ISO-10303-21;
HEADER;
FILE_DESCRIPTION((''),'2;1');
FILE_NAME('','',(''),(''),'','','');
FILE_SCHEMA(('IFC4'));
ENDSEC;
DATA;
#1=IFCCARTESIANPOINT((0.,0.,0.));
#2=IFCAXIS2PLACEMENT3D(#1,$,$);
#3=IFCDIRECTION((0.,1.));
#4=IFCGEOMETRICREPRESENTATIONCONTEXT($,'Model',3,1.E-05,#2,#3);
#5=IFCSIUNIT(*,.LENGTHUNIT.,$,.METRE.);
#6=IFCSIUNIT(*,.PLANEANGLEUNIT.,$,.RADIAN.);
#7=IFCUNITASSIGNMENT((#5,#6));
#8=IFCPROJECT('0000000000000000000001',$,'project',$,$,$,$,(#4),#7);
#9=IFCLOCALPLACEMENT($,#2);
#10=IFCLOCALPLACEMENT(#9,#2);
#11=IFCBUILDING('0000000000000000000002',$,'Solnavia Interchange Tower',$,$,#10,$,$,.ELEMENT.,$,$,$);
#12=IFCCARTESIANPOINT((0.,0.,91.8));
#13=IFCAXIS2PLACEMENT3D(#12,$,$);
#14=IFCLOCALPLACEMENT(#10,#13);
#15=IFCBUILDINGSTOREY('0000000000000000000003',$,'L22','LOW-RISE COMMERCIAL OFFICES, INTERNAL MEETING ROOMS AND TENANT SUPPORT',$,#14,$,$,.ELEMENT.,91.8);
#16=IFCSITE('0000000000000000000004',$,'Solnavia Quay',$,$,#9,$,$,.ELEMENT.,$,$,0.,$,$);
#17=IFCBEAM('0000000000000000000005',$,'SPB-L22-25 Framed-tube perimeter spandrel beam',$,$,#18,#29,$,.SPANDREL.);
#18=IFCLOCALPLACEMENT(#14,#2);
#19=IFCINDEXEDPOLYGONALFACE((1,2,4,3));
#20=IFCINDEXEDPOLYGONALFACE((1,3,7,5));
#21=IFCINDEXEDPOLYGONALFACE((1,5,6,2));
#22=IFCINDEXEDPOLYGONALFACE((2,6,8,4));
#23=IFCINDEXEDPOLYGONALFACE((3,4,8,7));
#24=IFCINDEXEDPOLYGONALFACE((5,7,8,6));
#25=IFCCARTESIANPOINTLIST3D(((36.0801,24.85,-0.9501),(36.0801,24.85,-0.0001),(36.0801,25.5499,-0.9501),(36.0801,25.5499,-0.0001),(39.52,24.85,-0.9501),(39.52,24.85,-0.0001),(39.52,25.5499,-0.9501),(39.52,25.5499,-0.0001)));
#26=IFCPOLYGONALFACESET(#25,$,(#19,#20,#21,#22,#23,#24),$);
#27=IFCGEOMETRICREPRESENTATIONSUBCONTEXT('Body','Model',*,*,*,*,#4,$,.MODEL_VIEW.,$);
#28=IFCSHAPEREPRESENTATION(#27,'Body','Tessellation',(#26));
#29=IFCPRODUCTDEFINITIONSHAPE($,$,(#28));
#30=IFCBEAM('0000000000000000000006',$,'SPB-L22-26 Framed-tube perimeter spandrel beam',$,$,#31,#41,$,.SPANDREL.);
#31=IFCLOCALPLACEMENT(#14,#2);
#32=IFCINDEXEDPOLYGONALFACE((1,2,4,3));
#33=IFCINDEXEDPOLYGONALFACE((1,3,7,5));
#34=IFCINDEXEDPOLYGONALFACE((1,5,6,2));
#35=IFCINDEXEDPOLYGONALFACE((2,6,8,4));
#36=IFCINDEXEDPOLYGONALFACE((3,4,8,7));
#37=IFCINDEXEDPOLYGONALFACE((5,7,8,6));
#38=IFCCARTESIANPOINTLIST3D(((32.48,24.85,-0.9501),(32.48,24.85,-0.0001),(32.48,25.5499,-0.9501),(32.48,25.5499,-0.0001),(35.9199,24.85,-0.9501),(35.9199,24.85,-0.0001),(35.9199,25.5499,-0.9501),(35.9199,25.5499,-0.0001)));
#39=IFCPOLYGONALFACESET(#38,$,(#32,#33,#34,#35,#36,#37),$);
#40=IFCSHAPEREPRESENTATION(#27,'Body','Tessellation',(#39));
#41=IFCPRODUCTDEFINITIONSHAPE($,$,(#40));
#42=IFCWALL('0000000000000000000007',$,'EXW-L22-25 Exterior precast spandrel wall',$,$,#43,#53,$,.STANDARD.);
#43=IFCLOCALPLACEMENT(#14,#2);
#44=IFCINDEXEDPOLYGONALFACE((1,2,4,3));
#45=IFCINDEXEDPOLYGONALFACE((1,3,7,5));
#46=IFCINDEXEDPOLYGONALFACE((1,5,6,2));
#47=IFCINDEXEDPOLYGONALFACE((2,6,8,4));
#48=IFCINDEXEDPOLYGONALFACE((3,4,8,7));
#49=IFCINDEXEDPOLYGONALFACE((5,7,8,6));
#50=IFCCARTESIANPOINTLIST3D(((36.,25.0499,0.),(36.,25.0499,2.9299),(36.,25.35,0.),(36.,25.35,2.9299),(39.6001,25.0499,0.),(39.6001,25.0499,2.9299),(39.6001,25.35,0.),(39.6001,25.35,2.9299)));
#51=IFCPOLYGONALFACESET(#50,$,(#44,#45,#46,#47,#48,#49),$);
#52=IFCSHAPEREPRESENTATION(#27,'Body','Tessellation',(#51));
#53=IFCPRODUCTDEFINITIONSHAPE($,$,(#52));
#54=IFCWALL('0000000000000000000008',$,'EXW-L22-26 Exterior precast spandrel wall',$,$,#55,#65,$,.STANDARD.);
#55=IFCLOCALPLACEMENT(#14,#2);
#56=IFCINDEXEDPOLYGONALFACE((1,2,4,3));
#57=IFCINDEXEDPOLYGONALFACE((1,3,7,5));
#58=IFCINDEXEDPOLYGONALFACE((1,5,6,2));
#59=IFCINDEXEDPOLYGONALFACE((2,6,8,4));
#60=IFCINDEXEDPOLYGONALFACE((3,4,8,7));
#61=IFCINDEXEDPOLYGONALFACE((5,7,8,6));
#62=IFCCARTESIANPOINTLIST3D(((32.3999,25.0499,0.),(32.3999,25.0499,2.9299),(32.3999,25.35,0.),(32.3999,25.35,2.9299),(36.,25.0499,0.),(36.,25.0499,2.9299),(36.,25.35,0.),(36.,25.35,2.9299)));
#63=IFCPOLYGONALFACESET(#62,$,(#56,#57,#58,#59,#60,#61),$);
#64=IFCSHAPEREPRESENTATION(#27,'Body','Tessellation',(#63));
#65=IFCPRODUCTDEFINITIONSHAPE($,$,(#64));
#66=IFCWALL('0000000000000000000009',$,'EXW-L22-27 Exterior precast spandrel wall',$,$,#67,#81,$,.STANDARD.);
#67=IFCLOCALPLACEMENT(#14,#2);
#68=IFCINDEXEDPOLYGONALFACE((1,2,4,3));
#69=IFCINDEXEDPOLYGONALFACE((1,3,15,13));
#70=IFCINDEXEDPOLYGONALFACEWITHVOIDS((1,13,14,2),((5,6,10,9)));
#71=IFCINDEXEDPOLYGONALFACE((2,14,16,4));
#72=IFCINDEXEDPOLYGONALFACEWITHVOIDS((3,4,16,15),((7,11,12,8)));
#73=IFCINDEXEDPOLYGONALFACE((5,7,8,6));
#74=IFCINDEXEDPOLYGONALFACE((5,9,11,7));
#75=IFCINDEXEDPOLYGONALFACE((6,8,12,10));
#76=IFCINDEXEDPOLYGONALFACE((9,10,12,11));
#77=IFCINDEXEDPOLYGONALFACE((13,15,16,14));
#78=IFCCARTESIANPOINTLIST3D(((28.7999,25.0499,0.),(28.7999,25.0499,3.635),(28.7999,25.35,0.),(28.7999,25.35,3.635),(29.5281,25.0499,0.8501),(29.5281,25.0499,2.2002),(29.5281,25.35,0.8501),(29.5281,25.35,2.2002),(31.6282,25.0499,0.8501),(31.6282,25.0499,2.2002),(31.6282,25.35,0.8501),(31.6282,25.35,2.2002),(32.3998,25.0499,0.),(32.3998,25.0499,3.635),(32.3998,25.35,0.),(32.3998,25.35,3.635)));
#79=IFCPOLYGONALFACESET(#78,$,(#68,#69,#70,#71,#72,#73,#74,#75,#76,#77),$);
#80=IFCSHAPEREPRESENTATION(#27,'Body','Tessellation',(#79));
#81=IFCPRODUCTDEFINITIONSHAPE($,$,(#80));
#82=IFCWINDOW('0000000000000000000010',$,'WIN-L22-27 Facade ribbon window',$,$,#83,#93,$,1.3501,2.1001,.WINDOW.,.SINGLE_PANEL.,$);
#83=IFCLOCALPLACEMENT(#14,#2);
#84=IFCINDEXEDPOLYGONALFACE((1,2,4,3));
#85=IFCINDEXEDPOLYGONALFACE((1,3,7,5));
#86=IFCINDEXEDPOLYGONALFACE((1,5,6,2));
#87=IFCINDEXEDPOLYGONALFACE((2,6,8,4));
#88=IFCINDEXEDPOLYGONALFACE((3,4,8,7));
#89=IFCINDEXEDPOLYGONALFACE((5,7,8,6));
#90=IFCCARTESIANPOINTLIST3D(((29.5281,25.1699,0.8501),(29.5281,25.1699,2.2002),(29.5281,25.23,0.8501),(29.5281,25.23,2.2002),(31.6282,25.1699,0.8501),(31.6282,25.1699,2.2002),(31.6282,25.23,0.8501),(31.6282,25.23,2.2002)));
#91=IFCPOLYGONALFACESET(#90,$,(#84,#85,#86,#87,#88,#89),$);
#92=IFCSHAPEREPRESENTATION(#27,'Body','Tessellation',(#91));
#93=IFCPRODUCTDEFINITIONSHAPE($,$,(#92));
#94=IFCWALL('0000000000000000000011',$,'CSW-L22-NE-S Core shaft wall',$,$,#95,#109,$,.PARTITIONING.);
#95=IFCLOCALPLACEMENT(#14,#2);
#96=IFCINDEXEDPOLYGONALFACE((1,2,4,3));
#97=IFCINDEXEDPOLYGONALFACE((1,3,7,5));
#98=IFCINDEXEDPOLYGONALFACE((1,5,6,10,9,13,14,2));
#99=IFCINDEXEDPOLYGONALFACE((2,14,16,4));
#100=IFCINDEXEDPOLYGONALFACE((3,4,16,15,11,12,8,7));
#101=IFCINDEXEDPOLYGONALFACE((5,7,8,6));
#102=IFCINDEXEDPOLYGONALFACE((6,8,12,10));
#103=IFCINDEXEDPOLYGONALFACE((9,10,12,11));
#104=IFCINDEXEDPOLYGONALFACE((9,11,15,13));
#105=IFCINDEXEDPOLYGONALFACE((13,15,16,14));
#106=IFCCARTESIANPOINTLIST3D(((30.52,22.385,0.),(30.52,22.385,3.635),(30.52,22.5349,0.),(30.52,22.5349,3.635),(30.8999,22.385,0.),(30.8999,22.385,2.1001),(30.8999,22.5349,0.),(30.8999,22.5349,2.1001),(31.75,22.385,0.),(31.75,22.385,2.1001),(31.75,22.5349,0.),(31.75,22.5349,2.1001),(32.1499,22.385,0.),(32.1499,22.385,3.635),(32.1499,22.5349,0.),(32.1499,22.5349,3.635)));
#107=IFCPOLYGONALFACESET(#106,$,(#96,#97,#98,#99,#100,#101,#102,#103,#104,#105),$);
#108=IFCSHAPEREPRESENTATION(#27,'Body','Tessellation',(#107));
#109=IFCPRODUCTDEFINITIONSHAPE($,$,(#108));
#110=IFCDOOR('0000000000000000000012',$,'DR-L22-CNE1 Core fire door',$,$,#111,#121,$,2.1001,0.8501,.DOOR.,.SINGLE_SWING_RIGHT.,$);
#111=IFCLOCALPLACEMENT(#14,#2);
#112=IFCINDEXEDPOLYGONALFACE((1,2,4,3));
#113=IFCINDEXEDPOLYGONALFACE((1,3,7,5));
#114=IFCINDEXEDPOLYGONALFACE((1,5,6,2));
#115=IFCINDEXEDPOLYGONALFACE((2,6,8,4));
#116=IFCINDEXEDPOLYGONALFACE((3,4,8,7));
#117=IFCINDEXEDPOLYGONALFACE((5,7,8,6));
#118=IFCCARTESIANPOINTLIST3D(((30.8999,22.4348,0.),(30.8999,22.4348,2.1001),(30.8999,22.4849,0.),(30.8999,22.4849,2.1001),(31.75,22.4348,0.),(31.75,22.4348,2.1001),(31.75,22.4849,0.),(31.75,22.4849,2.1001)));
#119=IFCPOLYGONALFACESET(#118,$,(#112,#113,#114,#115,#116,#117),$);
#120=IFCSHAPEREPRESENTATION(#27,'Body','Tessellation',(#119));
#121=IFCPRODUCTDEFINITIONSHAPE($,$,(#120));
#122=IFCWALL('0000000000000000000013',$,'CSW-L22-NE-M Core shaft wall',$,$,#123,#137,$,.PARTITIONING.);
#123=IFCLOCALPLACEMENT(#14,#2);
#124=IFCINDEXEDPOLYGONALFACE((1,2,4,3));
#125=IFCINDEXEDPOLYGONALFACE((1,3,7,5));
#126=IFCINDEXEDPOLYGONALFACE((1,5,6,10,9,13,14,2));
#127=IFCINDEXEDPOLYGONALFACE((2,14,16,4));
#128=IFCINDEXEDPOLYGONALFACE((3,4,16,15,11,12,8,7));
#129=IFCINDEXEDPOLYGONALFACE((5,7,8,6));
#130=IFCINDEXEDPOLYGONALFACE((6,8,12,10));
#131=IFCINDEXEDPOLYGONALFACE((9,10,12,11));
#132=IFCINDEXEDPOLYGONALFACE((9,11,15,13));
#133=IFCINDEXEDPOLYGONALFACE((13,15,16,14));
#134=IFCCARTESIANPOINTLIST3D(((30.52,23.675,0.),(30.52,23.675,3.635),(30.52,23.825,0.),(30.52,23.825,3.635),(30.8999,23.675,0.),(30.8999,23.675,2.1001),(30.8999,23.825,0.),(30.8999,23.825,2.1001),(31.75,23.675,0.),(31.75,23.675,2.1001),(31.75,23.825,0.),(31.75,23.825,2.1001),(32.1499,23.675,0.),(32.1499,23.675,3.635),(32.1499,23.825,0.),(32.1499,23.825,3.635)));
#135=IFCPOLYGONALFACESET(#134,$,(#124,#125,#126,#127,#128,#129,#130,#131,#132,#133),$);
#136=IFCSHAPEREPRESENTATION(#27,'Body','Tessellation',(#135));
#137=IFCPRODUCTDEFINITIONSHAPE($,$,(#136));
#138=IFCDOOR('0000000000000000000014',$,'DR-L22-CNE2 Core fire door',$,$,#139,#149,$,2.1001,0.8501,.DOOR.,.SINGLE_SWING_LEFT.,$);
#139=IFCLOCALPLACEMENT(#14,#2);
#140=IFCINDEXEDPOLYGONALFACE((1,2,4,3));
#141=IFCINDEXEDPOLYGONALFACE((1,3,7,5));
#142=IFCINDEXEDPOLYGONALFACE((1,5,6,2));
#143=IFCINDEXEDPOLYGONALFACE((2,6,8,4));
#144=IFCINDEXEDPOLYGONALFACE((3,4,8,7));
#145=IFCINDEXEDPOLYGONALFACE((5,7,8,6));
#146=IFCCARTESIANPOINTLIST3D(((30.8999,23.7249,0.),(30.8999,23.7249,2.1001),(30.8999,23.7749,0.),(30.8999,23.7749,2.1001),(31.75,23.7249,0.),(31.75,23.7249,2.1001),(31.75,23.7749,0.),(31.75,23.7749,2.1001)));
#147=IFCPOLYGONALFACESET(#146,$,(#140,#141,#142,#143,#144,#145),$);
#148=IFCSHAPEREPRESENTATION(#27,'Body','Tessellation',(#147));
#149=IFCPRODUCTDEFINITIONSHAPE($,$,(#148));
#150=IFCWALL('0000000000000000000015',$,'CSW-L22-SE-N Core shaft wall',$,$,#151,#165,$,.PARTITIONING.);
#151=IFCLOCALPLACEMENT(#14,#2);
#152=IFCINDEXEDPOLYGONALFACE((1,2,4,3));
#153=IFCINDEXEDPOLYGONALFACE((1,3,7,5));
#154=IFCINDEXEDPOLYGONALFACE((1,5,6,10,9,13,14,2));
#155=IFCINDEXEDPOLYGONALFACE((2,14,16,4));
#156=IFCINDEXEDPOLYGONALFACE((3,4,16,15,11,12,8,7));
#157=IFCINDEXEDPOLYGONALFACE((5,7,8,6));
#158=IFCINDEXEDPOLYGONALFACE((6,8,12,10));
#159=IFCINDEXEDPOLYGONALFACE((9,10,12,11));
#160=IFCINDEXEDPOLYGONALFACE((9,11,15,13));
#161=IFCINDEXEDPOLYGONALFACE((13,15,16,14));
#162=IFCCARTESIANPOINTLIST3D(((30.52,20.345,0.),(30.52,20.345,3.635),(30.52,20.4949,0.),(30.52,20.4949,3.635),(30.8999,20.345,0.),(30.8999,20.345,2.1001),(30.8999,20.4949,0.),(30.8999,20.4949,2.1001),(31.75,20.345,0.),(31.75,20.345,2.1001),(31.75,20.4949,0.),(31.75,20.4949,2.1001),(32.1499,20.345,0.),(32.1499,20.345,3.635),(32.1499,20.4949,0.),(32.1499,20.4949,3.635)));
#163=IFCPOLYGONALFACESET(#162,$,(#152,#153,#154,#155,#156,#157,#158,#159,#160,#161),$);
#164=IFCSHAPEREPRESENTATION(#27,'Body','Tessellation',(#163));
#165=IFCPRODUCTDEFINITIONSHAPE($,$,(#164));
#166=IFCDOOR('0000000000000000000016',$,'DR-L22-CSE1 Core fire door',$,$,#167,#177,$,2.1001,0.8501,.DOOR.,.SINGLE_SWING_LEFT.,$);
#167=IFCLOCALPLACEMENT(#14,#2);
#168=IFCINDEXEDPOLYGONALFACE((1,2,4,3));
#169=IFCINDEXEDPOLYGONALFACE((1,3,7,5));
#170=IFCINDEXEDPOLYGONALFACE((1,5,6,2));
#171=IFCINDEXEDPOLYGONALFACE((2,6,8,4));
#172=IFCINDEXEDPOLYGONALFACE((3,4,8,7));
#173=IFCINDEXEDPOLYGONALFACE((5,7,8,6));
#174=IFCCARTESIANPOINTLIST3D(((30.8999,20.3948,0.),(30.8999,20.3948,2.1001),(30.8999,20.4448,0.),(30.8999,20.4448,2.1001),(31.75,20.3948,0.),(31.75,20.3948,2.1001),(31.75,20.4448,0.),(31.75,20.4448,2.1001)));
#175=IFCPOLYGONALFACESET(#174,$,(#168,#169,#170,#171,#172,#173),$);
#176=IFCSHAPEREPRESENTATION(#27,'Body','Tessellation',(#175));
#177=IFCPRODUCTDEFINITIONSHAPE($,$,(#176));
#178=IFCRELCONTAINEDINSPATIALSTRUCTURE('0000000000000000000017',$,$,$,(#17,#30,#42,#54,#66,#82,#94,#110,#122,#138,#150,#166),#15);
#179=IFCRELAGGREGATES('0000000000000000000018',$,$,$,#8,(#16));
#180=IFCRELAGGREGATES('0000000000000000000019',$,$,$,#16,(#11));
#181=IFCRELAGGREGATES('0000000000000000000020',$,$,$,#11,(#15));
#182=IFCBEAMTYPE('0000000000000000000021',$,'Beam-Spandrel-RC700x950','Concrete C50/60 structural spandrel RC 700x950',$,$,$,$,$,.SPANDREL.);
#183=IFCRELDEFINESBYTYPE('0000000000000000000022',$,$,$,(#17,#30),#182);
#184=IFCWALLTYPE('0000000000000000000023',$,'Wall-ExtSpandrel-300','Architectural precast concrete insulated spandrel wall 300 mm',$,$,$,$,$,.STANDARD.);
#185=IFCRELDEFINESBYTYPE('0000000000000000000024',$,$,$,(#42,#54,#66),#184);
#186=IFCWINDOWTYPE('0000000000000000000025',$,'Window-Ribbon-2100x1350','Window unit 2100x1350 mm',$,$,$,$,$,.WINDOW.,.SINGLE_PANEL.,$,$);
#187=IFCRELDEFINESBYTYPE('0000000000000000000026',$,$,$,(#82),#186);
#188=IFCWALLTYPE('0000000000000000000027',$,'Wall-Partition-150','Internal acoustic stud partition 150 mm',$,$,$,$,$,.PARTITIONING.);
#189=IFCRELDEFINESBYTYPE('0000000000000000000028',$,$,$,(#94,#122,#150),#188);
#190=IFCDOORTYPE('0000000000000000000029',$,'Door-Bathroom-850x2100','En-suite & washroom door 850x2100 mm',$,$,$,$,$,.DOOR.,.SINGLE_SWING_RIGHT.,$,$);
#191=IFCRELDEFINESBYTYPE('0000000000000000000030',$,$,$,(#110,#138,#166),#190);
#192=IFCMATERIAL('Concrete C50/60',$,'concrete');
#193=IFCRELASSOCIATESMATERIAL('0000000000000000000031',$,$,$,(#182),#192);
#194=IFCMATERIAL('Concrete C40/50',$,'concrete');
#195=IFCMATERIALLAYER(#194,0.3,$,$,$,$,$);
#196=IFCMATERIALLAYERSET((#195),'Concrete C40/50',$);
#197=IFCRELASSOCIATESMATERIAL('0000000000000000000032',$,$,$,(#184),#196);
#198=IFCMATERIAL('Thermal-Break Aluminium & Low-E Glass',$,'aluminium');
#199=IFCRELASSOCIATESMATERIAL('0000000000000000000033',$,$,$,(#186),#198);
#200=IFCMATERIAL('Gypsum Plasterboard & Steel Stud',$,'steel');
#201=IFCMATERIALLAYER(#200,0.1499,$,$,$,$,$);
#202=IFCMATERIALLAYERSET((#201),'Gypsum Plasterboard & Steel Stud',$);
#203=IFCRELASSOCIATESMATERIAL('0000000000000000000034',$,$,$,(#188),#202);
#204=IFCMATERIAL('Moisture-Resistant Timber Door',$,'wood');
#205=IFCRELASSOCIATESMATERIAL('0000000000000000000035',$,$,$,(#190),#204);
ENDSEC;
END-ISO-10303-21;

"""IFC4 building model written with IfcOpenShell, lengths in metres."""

from ifc_helpers import new_model, si_unit, direction, frame, frame_2d, origin, origin_2d, place, context, subcontext, project, spatial, rectangle, extrude, material, layer, layer_set, material_profile, profile_set, type_object, element, fill, save


model = new_model("IFC4")

# Units and contexts
model_context = context("Model", 3, precision=1e-05, world=origin(), true_north=direction((0.0, 1.0)))
body_context = subcontext(model_context, "Body", "Model", "MODEL_VIEW")
ifc_project = project(units=[si_unit("LENGTHUNIT", "METRE"), si_unit("PLANEANGLEUNIT", "RADIAN")], contexts=[model_context])

# Site, building, storey
site_placement = place(None, origin())
site = spatial("IfcSite", under=ifc_project, at=site_placement, Name="Solnavia Quay", CompositionType="ELEMENT", RefElevation=0.0)
building_placement = place(site_placement, origin())
building = spatial("IfcBuilding", under=site, at=building_placement, Name="Solnavia Interchange Tower", CompositionType="ELEMENT")
storey_placement = place(building_placement, frame((0.0, 0.0, 91.8)))
storey = spatial("IfcBuildingStorey", under=building, at=storey_placement, Name="L22", Description="LOW-RISE COMMERCIAL OFFICES, INTERNAL MEETING ROOMS AND TENANT SUPPORT", CompositionType="ELEMENT", Elevation=91.8)

# Shared definitions
ifc_material_1 = material(Name="Concrete C50/60", Category="concrete")

# Beams
ifc_material_profile_1 = material_profile(ifc_material_1, rectangle(XDim=0.7, YDim=0.95, at=origin_2d()), Name="RC 700x950")
ifc_profile_set_1 = profile_set([ifc_material_profile_1], Name="Concrete C50/60")
beam_type_1 = type_object("IfcBeamType", Name="Beam-Spandrel-RC700x950", Description="Concrete C50/60 structural spandrel RC 700x950", PredefinedType="SPANDREL", material=ifc_profile_set_1)
for number, where, z_axis, x_axis, name in (
    (1, (39.52, 25.2, -0.4751), (-1.0, 0.0, 0.0), (0.0, -1.0, 0.0), "SPB-L22-25 Framed-tube perimeter spandrel beam"),
    (2, (35.9199, 25.2, -0.4751), (-1.0, 0.0, 0.0), (0.0, -1.0, 0.0), "SPB-L22-26 Framed-tube perimeter spandrel beam"),
):
    element("IfcBeam", number, at=place(storey_placement, frame(where, z_axis=z_axis, x_axis=x_axis)), inside=storey, type_object=beam_type_1, Name=name, PredefinedType="SPANDREL", context=body_context, shape_type="SweptSolid", body=[
        extrude(rectangle(XDim=0.7, YDim=0.95, at=origin_2d()), origin(), (0.0, 0.0, 1.0), 3.4399),
    ])

# Walls
ifc_material_2 = material(Name="Concrete C40/50", Category="concrete")
ifc_layer_1 = layer(ifc_material_2, 0.3)
ifc_layer_set_1 = layer_set([ifc_layer_1], Name="Concrete C40/50")
wall_type_1 = type_object("IfcWallType", Name="Wall-ExtSpandrel-300", Description="Architectural precast concrete insulated spandrel wall 300 mm", PredefinedType="STANDARD", material=ifc_layer_set_1)
for number, where, z_axis, x_axis, name in (
    (3, (36.0, 25.2, 0.0), (0.0, 0.0, 1.0), (1.0, 0.0, 0.0), "EXW-L22-25 Exterior precast spandrel wall"),
    (4, (32.3999, 25.2, 0.0), (0.0, 0.0, 1.0), (1.0, 0.0, 0.0), "EXW-L22-26 Exterior precast spandrel wall"),
):
    element("IfcWall", number, at=place(storey_placement, frame(where, z_axis=z_axis, x_axis=x_axis)), inside=storey, type_object=wall_type_1, Name=name, PredefinedType="STANDARD", context=body_context, shape_type="SweptSolid", body=[
        extrude(rectangle(XDim=3.6001, YDim=0.3, at=frame_2d((1.8, 0.0))), origin(), (0.0, 0.0, 1.0), 2.9299),
    ])

# Wall, opening, window
wall_1_placement = place(storey_placement, frame((28.8, 25.2, 0.0), z_axis=(0.0, 0.0, 1.0), x_axis=(1.0, 0.0, 0.0)))
wall_1 = element("IfcWall", 5, at=wall_1_placement, inside=storey, type_object=wall_type_1, Name="EXW-L22-27 Exterior precast spandrel wall", PredefinedType="STANDARD", context=body_context, shape_type="SweptSolid", body=[
    extrude(rectangle(XDim=3.5999, YDim=0.3, at=frame_2d((1.7998, 0.0))), origin(), (0.0, 0.0, 1.0), 3.635),
])
opening_1_placement = place(wall_1_placement, frame((0.728, 0.0, 0.8501)))
opening_1 = element("IfcOpeningElement", 6, at=opening_1_placement, cuts=wall_1, PredefinedType="OPENING", context=body_context, shape_type="SweptSolid", body=[
    extrude(rectangle(XDim=2.1001, YDim=1.3501, at=frame_2d((1.05, 0.675))), frame((0.0, 0.1602, 0.0), z_axis=(0.0, -1.0, 0.0), x_axis=(1.0, 0.0, 0.0)), (0.0, 0.0, 1.0), 0.3201),
])
ifc_material_3 = material(Name="Thermal-Break Aluminium & Low-E Glass", Category="aluminium")
window_type = type_object("IfcWindowType", Name="Window-Ribbon-2100x1350", Description="Window unit 2100x1350 mm", PartitioningType="SINGLE_PANEL", PredefinedType="WINDOW", material=ifc_material_3)
window_placement = place(opening_1_placement, origin())
window = element("IfcWindow", 7, at=window_placement, inside=storey, type_object=window_type, Name="WIN-L22-27 Facade ribbon window", OverallHeight=1.3501, OverallWidth=2.1001, PartitioningType="SINGLE_PANEL", PredefinedType="WINDOW", context=body_context, shape_type="SweptSolid", body=[
    extrude(rectangle(XDim=2.1001, YDim=1.3501, at=frame_2d((1.05, 0.675))), frame((0.0, 0.03, 0.0), z_axis=(0.0, -1.0, 0.0), x_axis=(1.0, 0.0, 0.0)), (0.0, 0.0, 1.0), 0.0601),
])
fill(opening_1, window)

# Walls, openings, doors
ifc_material_4 = material(Name="Gypsum Plasterboard & Steel Stud", Category="steel")
ifc_layer_2 = layer(ifc_material_4, 0.1499)
ifc_layer_set_2 = layer_set([ifc_layer_2], Name="Gypsum Plasterboard & Steel Stud")
wall_type_2 = type_object("IfcWallType", Name="Wall-Partition-150", Description="Internal acoustic stud partition 150 mm", PredefinedType="PARTITIONING", material=ifc_layer_set_2)
wall_2_placement = place(storey_placement, frame((30.52, 22.46, 0.0), z_axis=(0.0, 0.0, 1.0), x_axis=(1.0, 0.0, 0.0)))
wall_2 = element("IfcWall", 8, at=wall_2_placement, inside=storey, type_object=wall_type_2, Name="CSW-L22-NE-S Core shaft wall", PredefinedType="PARTITIONING", context=body_context, shape_type="SweptSolid", body=[
    extrude(rectangle(XDim=1.6299, YDim=0.1499, at=frame_2d((0.8149, 0.0))), origin(), (0.0, 0.0, 1.0), 3.635),
])
opening_2_placement = place(wall_2_placement, frame((0.3799, 0.0, 0.0)))
opening_2 = element("IfcOpeningElement", 9, at=opening_2_placement, cuts=wall_2, PredefinedType="OPENING", context=body_context, shape_type="SweptSolid", body=[
    extrude(rectangle(XDim=0.8501, YDim=2.1001, at=frame_2d((0.425, 1.05))), frame((0.0, 0.085, 0.0), z_axis=(0.0, -1.0, 0.0), x_axis=(1.0, 0.0, 0.0)), (0.0, 0.0, 1.0), 0.1699),
])
ifc_material_5 = material(Name="Moisture-Resistant Timber Door", Category="wood")
door_type_1 = type_object("IfcDoorType", Name="Door-Bathroom-850x2100", Description="En-suite & washroom door 850x2100 mm", OperationType="SINGLE_SWING_RIGHT", PredefinedType="DOOR", material=ifc_material_5)
door_1_placement = place(opening_2_placement, origin())
door_1 = element("IfcDoor", 10, at=door_1_placement, inside=storey, type_object=door_type_1, Name="DR-L22-CNE1 Core fire door", OperationType="SINGLE_SWING_RIGHT", OverallHeight=2.1001, OverallWidth=0.8501, PredefinedType="DOOR", context=body_context, shape_type="SweptSolid", body=[
    extrude(rectangle(XDim=0.8501, YDim=2.1001, at=frame_2d((0.425, 1.05))), frame((0.0, 0.0249, 0.0), z_axis=(0.0, -1.0, 0.0), x_axis=(1.0, 0.0, 0.0)), (0.0, 0.0, 1.0), 0.05),
])
fill(opening_2, door_1)
wall_3_placement = place(storey_placement, frame((30.52, 23.75, 0.0), z_axis=(0.0, 0.0, 1.0), x_axis=(1.0, 0.0, 0.0)))
wall_3 = element("IfcWall", 11, at=wall_3_placement, inside=storey, type_object=wall_type_2, Name="CSW-L22-NE-M Core shaft wall", PredefinedType="PARTITIONING", context=body_context, shape_type="SweptSolid", body=[
    extrude(rectangle(XDim=1.6299, YDim=0.1499, at=frame_2d((0.8149, 0.0))), origin(), (0.0, 0.0, 1.0), 3.635),
])
opening_3_placement = place(wall_3_placement, frame((0.3799, 0.0, 0.0)))
opening_3 = element("IfcOpeningElement", 12, at=opening_3_placement, cuts=wall_3, PredefinedType="OPENING", context=body_context, shape_type="SweptSolid", body=[
    extrude(rectangle(XDim=0.8501, YDim=2.1001, at=frame_2d((0.425, 1.05))), frame((0.0, 0.085, 0.0), z_axis=(0.0, -1.0, 0.0), x_axis=(1.0, 0.0, 0.0)), (0.0, 0.0, 1.0), 0.1699),
])
door_2_placement = place(opening_3_placement, origin())
door_2 = element("IfcDoor", 13, at=door_2_placement, inside=storey, type_object=door_type_1, Name="DR-L22-CNE2 Core fire door", OperationType="SINGLE_SWING_LEFT", OverallHeight=2.1001, OverallWidth=0.8501, PredefinedType="DOOR", context=body_context, shape_type="SweptSolid", body=[
    extrude(rectangle(XDim=0.8501, YDim=2.1001, at=frame_2d((0.425, 1.05))), frame((0.0, 0.0249, 0.0), z_axis=(0.0, -1.0, 0.0), x_axis=(1.0, 0.0, 0.0)), (0.0, 0.0, 1.0), 0.05),
])
fill(opening_3, door_2)
wall_4_placement = place(storey_placement, frame((30.52, 20.4199, 0.0), z_axis=(0.0, 0.0, 1.0), x_axis=(1.0, 0.0, 0.0)))
wall_4 = element("IfcWall", 14, at=wall_4_placement, inside=storey, type_object=wall_type_2, Name="CSW-L22-SE-N Core shaft wall", PredefinedType="PARTITIONING", context=body_context, shape_type="SweptSolid", body=[
    extrude(rectangle(XDim=1.6299, YDim=0.1499, at=frame_2d((0.8149, 0.0))), origin(), (0.0, 0.0, 1.0), 3.635),
])
opening_4_placement = place(wall_4_placement, frame((0.3799, 0.0, 0.0)))
opening_4 = element("IfcOpeningElement", 15, at=opening_4_placement, cuts=wall_4, PredefinedType="OPENING", context=body_context, shape_type="SweptSolid", body=[
    extrude(rectangle(XDim=0.8501, YDim=2.1001, at=frame_2d((0.425, 1.05))), frame((0.0, 0.085, 0.0), z_axis=(0.0, -1.0, 0.0), x_axis=(1.0, 0.0, 0.0)), (0.0, 0.0, 1.0), 0.1699),
])
door_3_placement = place(opening_4_placement, origin())
door_3 = element("IfcDoor", 16, at=door_3_placement, inside=storey, type_object=door_type_1, Name="DR-L22-CSE1 Core fire door", OperationType="SINGLE_SWING_LEFT", OverallHeight=2.1001, OverallWidth=0.8501, PredefinedType="DOOR", context=body_context, shape_type="SweptSolid", body=[
    extrude(rectangle(XDim=0.8501, YDim=2.1001, at=frame_2d((0.425, 1.05))), frame((0.0, 0.0249, 0.0), z_axis=(0.0, -1.0, 0.0), x_axis=(1.0, 0.0, 0.0)), (0.0, 0.0, 1.0), 0.05),
])
fill(opening_4, door_3)

save(model, "model.ifc")
